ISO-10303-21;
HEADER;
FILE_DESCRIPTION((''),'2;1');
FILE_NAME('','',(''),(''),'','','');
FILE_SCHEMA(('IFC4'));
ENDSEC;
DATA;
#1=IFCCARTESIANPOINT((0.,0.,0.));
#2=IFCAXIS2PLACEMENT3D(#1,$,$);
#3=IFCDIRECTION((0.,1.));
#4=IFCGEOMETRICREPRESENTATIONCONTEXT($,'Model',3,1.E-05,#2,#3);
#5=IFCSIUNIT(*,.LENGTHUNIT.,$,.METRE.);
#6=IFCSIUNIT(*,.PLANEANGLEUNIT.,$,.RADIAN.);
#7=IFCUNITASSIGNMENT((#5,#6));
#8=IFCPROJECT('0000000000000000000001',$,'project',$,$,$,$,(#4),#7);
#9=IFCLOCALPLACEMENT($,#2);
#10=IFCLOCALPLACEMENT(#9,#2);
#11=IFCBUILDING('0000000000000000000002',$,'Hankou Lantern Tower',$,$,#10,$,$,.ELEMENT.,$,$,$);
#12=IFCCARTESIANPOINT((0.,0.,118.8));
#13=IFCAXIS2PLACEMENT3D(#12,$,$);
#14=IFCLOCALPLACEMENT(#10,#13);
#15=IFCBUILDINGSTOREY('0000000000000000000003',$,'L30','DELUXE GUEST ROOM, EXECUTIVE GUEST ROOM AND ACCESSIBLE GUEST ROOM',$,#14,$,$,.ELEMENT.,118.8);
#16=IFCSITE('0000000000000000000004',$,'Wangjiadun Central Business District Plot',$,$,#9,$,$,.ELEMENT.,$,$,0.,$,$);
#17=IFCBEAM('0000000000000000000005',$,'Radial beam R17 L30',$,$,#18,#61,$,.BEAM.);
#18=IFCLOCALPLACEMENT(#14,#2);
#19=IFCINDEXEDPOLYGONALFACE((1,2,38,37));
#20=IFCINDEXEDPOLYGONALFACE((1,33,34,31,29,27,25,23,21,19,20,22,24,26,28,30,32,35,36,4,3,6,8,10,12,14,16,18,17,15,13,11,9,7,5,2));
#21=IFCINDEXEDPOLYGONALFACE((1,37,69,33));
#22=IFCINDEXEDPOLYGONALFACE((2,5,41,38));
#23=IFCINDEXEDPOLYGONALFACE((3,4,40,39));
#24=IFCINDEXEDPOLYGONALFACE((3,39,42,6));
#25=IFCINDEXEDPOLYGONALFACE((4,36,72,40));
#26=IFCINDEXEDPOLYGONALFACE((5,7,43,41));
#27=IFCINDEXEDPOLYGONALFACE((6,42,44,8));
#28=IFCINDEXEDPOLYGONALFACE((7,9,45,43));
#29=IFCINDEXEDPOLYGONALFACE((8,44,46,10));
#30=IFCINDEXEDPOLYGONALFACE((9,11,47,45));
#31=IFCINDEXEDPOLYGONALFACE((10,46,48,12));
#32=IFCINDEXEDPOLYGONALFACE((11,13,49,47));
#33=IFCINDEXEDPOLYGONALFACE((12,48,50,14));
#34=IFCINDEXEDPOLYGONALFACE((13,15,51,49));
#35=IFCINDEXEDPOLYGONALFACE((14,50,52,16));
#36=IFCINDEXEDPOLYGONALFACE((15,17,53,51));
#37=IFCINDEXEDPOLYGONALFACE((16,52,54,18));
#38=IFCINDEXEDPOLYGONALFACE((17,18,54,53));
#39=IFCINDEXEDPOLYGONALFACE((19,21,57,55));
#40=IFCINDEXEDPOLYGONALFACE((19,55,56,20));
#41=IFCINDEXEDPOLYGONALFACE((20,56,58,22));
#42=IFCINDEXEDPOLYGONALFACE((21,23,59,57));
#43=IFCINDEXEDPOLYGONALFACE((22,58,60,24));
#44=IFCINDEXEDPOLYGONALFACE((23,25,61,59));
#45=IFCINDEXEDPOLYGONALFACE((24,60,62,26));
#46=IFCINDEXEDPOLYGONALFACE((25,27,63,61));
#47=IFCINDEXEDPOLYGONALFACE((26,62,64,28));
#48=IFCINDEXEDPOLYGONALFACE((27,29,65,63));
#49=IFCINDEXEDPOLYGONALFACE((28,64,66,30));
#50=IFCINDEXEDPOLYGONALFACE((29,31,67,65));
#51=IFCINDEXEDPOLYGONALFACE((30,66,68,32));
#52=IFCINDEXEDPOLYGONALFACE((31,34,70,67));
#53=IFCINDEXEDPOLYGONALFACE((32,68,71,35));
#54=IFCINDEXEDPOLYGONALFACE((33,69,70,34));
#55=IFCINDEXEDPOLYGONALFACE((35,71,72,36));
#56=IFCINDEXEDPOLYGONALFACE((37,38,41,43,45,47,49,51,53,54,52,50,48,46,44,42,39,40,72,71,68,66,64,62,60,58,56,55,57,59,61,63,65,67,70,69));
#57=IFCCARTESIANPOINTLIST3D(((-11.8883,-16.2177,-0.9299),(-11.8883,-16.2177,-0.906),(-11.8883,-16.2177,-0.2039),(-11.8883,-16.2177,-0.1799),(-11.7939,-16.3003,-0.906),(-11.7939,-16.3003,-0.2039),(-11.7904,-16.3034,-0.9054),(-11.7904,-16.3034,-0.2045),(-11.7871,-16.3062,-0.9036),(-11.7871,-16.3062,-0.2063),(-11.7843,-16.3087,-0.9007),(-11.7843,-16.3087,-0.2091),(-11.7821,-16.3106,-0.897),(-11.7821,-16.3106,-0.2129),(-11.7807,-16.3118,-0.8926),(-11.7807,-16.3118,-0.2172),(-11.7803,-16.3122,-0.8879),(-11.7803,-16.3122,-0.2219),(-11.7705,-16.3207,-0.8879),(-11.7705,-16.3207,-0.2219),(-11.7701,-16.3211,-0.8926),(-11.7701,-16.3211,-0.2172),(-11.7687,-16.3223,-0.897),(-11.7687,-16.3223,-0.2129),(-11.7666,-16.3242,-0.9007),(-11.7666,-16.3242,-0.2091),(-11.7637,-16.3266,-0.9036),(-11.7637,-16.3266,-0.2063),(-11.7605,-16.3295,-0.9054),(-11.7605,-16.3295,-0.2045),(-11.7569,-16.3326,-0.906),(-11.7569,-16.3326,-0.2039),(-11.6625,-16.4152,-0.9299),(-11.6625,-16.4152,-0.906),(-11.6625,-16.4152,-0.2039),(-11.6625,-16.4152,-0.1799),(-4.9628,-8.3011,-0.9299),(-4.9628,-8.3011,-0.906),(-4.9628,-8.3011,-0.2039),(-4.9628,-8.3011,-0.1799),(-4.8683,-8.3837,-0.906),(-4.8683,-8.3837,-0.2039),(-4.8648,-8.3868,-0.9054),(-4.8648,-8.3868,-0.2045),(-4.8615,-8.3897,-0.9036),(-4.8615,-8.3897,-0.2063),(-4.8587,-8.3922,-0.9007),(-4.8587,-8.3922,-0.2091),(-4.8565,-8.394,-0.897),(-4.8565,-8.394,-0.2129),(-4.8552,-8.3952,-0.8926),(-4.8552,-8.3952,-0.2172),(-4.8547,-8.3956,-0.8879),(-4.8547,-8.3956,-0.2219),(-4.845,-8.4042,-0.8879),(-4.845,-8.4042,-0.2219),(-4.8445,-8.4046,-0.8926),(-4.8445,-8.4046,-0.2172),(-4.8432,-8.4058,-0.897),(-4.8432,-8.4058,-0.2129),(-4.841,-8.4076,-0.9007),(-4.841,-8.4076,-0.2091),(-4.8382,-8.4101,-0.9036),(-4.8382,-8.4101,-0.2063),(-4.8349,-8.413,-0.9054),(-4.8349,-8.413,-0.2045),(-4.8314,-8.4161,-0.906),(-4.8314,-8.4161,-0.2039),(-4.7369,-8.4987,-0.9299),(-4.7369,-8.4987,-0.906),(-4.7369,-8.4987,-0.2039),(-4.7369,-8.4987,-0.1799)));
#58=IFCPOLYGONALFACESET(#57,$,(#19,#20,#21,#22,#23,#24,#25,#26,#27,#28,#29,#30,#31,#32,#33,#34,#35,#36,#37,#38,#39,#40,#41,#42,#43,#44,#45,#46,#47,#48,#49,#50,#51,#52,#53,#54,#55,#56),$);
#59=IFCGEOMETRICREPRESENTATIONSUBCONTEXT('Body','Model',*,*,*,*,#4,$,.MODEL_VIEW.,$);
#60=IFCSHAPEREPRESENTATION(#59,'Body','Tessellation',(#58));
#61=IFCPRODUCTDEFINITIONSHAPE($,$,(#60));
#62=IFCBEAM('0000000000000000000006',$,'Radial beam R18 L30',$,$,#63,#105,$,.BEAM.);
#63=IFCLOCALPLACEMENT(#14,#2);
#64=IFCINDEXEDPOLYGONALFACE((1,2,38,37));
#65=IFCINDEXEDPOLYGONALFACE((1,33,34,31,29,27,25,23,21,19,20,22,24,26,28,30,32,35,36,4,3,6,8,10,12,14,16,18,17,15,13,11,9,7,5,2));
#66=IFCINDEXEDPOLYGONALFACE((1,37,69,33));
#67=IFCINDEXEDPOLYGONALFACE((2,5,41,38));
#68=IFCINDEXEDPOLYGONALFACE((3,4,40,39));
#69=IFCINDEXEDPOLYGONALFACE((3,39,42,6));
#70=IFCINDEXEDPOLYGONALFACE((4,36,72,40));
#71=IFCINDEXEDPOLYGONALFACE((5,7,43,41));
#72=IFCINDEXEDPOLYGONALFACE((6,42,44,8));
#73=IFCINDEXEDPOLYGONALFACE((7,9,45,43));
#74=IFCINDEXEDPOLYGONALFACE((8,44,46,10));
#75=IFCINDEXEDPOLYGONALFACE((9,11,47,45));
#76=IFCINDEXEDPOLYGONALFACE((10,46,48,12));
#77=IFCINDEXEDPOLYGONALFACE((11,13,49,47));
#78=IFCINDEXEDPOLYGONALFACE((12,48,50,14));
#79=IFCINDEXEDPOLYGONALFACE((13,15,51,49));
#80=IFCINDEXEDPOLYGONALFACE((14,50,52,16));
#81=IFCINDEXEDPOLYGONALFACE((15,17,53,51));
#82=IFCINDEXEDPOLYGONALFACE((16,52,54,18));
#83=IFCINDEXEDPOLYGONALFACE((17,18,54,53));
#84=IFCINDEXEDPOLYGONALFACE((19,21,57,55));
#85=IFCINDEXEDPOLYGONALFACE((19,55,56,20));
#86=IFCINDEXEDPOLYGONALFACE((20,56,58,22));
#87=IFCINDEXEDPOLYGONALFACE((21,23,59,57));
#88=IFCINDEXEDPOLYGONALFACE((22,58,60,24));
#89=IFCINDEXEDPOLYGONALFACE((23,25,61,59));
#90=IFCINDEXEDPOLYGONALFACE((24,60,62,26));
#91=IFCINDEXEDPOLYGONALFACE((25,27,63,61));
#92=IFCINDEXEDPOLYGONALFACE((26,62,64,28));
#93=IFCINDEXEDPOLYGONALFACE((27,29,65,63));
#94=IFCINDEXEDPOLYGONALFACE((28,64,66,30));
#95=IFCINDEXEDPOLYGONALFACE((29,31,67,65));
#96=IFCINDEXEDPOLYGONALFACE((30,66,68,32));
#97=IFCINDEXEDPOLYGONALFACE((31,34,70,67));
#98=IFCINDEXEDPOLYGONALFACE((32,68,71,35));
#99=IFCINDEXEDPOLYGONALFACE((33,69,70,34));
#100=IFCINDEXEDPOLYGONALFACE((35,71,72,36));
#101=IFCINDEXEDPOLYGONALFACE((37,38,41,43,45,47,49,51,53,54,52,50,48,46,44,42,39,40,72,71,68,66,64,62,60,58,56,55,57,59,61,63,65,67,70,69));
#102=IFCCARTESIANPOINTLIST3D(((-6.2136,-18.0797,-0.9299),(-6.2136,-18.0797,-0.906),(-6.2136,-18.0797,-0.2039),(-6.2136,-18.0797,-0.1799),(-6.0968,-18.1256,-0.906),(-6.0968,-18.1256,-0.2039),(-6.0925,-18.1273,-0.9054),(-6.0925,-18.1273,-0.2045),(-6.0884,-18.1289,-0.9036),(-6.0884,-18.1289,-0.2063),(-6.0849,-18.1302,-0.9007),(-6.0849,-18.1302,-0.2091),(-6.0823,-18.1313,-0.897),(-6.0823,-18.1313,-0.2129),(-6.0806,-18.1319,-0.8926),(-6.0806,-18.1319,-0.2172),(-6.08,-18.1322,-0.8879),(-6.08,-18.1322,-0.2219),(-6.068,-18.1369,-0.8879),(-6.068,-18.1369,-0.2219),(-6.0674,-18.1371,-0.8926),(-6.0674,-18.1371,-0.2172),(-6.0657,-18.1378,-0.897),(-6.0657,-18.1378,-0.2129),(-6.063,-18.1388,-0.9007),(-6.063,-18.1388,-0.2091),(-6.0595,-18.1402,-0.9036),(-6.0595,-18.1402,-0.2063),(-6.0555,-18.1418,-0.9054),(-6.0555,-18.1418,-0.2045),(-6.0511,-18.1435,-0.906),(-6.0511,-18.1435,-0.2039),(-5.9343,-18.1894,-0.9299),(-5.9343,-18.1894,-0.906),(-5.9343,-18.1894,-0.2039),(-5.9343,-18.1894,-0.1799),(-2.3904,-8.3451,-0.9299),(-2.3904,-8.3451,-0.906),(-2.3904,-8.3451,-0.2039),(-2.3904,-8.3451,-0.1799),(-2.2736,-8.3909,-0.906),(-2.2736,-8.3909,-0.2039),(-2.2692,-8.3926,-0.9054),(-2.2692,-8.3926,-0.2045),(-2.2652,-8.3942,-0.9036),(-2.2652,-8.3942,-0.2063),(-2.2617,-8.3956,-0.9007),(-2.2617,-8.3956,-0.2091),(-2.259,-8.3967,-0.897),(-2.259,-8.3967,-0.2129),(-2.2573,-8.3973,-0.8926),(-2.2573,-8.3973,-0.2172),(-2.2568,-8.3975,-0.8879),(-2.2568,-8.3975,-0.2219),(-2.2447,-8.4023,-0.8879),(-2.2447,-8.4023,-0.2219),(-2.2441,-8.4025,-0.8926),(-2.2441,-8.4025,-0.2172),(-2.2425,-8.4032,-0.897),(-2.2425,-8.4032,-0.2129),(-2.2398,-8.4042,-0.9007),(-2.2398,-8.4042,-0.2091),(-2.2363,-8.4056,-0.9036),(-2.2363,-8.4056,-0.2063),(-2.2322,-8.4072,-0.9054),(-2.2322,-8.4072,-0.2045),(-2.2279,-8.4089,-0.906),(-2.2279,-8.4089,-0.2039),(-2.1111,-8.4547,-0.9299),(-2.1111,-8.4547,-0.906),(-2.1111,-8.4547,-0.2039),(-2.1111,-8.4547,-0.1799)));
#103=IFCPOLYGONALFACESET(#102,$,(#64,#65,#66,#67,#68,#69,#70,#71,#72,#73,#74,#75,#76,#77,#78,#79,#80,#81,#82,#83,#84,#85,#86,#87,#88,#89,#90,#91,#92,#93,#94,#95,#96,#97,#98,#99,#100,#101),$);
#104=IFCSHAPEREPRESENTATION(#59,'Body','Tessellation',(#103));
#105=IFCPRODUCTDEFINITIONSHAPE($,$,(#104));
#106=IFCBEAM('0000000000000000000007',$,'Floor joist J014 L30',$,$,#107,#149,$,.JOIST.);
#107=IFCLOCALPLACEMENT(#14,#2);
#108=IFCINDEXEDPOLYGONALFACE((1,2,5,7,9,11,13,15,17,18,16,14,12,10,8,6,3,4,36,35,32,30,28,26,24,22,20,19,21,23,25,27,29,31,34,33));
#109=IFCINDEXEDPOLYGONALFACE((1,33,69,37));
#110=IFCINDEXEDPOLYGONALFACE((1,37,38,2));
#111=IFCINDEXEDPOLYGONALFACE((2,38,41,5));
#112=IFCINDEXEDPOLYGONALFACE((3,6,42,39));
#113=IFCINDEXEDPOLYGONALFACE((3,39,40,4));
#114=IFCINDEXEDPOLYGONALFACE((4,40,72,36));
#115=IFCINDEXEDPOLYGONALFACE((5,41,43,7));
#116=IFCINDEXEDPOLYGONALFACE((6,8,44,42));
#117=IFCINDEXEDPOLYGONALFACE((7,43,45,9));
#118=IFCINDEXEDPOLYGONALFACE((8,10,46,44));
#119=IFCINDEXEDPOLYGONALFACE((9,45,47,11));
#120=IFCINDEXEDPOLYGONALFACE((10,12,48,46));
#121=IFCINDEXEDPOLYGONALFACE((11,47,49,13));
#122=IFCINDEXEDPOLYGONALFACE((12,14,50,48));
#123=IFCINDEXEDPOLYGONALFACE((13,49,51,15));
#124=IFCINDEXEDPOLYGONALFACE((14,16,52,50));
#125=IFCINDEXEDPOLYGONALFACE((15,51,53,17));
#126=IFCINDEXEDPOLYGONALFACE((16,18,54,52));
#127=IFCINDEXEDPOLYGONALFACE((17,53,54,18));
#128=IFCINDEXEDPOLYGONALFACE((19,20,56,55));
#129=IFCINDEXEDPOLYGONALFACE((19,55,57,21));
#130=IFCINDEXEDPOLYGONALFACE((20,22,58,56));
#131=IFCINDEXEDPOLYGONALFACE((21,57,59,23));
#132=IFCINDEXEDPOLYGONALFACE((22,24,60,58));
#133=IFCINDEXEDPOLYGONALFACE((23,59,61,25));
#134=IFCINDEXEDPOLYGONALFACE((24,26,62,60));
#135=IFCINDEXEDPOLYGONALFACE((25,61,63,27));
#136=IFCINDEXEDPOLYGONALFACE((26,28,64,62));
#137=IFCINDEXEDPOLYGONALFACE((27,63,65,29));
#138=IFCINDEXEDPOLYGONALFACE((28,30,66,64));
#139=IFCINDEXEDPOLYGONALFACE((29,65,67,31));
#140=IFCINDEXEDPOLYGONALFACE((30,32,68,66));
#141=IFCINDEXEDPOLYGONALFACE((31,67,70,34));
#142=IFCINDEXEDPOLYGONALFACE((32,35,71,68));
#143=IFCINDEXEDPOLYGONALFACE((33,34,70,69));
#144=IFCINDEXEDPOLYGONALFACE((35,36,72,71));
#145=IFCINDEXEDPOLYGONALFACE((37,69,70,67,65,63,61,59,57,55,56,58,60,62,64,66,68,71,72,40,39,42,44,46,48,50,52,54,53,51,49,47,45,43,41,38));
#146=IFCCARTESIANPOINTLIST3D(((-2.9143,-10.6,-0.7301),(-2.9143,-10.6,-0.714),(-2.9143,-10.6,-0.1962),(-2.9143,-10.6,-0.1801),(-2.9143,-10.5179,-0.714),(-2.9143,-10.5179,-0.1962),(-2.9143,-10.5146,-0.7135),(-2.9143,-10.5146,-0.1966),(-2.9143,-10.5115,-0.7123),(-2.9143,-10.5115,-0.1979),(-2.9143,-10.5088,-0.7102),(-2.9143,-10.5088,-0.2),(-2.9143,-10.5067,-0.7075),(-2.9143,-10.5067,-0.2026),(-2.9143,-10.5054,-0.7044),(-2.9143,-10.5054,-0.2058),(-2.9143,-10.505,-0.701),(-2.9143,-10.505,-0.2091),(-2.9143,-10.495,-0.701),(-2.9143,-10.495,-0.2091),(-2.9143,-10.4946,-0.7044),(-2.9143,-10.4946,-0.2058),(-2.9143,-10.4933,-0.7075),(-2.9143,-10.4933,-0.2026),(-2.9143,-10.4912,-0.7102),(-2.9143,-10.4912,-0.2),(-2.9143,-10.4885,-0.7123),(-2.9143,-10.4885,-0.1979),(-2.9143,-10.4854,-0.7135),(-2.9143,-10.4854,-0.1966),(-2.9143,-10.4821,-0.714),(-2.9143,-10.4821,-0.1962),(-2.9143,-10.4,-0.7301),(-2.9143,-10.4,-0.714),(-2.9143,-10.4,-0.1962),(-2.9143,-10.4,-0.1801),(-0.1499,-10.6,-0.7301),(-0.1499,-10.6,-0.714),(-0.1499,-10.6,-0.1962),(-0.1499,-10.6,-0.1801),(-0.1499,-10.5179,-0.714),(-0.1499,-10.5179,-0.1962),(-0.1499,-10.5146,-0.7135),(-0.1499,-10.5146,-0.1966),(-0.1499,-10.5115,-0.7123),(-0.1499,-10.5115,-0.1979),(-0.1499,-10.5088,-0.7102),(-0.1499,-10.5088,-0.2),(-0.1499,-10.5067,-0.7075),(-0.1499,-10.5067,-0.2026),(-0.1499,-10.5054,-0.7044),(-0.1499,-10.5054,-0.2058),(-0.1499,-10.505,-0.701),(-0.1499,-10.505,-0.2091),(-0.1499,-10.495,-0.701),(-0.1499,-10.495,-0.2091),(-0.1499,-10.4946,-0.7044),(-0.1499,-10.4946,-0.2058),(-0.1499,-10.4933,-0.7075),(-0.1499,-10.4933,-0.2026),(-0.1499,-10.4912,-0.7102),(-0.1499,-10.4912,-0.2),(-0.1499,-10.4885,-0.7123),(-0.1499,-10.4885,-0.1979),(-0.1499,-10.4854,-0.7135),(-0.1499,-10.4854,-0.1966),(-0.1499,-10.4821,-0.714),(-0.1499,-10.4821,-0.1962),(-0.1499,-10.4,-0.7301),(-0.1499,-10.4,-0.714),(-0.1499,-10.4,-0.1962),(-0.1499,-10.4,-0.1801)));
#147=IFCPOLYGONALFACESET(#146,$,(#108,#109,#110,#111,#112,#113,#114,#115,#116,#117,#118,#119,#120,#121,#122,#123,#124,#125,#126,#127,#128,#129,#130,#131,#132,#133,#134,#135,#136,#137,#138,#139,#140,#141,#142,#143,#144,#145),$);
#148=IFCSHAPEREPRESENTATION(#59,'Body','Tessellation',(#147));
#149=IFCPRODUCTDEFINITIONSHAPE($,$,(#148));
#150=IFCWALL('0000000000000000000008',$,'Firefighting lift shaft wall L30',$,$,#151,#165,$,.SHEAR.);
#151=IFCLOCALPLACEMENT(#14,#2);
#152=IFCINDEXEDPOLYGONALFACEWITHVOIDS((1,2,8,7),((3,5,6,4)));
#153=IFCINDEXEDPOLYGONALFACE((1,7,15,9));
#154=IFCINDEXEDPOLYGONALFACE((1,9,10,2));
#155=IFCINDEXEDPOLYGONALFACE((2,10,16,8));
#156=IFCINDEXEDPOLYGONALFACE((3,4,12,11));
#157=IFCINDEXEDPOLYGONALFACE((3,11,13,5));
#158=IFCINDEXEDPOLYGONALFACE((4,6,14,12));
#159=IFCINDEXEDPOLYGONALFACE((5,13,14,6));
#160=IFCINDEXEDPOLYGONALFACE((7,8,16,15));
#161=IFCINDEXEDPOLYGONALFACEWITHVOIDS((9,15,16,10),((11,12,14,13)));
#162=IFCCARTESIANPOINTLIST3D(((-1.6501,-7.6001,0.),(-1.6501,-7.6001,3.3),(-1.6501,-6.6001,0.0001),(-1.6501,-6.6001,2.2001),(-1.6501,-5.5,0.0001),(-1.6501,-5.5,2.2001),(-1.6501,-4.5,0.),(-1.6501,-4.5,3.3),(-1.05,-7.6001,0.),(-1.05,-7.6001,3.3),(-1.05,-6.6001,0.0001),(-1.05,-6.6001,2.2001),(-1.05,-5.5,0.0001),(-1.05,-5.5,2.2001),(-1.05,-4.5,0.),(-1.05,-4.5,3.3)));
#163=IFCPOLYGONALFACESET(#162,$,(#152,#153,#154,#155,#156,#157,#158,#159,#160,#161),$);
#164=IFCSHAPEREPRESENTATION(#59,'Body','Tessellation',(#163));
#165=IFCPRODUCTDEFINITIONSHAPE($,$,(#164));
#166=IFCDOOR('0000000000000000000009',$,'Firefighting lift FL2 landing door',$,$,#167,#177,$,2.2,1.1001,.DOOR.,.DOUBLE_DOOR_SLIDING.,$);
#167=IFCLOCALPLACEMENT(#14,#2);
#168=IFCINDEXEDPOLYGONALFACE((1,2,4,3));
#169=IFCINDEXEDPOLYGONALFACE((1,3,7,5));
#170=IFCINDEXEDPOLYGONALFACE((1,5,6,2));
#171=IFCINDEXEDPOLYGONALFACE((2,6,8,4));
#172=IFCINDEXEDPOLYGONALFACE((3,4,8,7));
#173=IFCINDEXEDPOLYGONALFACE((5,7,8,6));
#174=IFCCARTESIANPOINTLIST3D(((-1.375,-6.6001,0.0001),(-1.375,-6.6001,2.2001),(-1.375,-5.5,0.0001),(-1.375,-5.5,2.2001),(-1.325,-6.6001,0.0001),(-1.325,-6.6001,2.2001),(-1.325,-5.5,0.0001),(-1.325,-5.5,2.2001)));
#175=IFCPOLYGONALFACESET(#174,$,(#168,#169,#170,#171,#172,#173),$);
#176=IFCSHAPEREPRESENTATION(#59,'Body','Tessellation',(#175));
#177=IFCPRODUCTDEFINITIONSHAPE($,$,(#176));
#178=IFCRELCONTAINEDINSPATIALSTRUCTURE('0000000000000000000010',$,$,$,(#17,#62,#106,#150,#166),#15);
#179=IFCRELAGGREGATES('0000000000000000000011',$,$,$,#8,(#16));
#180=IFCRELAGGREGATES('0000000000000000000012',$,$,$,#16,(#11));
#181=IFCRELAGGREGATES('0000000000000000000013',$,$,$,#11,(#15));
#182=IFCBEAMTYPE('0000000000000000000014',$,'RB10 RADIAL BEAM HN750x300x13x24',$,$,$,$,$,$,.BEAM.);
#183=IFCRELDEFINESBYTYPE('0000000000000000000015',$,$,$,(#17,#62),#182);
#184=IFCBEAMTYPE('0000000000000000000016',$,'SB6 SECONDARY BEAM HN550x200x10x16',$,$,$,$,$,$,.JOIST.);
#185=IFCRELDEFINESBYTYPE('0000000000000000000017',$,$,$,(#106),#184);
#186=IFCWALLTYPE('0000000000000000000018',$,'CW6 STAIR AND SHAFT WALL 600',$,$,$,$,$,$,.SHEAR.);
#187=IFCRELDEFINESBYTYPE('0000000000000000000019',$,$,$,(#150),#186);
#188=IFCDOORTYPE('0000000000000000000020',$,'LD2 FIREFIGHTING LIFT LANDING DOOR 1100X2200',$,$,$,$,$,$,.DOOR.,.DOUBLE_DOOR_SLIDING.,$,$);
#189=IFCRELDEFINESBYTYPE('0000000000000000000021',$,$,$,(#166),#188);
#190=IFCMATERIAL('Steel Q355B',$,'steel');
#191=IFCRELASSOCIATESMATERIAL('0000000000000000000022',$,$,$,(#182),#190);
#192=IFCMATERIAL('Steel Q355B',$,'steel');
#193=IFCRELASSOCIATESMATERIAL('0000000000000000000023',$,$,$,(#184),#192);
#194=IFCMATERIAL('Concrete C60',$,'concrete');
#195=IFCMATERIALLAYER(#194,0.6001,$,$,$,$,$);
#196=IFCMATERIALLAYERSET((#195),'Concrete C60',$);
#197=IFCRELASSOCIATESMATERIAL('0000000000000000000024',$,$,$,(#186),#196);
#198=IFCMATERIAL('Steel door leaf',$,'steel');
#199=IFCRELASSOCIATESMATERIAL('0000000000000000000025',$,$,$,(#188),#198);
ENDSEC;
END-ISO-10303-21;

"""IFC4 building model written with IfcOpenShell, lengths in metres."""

from ifc_helpers import new_model, si_unit, direction, frame, frame_2d, origin, origin_2d, place, context, subcontext, project, spatial, rectangle, i_section, extrude, material, layer, layer_set, material_profile, profile_set, type_object, element, fill, save


model = new_model("IFC4")

# Units and contexts
model_context = context("Model", 3, precision=1e-05, world=origin(), true_north=direction((0.0, 1.0)))
body_context = subcontext(model_context, "Body", "Model", "MODEL_VIEW")
ifc_project = project(units=[si_unit("LENGTHUNIT", "METRE"), si_unit("PLANEANGLEUNIT", "RADIAN")], contexts=[model_context])

# Site, building, storey
site_placement = place(None, origin())
site = spatial("IfcSite", under=ifc_project, at=site_placement, Name="Wangjiadun Central Business District Plot", CompositionType="ELEMENT", RefElevation=0.0)
building_placement = place(site_placement, origin())
building = spatial("IfcBuilding", under=site, at=building_placement, Name="Hankou Lantern Tower", CompositionType="ELEMENT")
storey_placement = place(building_placement, frame((0.0, 0.0, 118.8)))
storey = spatial("IfcBuildingStorey", under=building, at=storey_placement, Name="L30", Description="DELUXE GUEST ROOM, EXECUTIVE GUEST ROOM AND ACCESSIBLE GUEST ROOM", CompositionType="ELEMENT", Elevation=118.8)

# Beams
ifc_material_1 = material(Name="Steel Q355B", Category="steel")
ifc_material_profile_1 = material_profile(ifc_material_1, i_section(OverallWidth=0.3, OverallDepth=0.75, WebThickness=0.0129, FlangeThickness=0.0239, FilletRadius=0.0181, at=origin_2d()), Name="HN750x300x13x24")
ifc_profile_set_1 = profile_set([ifc_material_profile_1], Name="Steel Q355B")
beam_type_1 = type_object("IfcBeamType", Name="RB10 RADIAL BEAM HN750x300x13x24", PredefinedType="BEAM", material=ifc_profile_set_1)
beam_1_placement = place(storey_placement, frame((-4.8499, -8.3999, -0.5549), z_axis=(-0.658429, -0.752643, 0.0), x_axis=(0.752643, -0.658429, 0.0)))
element("IfcBeam", 1, at=beam_1_placement, inside=storey, type_object=beam_type_1, Name="Radial beam R17 L30", PredefinedType="BEAM", context=body_context, shape_type="SweptSolid", body=[
    extrude(i_section(OverallWidth=0.3, OverallDepth=0.75, WebThickness=0.0129, FlangeThickness=0.0239, FilletRadius=0.0181, at=origin_2d()), origin(), (0.0, 0.0, 1.0), 10.5183),
])
beam_2_placement = place(storey_placement, frame((-2.2507, -8.3999, -0.5549), z_axis=(-0.365564, -0.930786, 0.0), x_axis=(0.930786, -0.365564, 0.0)))
element("IfcBeam", 2, at=beam_2_placement, inside=storey, type_object=beam_type_1, Name="Radial beam R18 L30", PredefinedType="BEAM", context=body_context, shape_type="SweptSolid", body=[
    extrude(i_section(OverallWidth=0.3, OverallDepth=0.75, WebThickness=0.0129, FlangeThickness=0.0239, FilletRadius=0.0181, at=origin_2d()), origin(), (0.0, 0.0, 1.0), 10.4585),
])
ifc_material_2 = material(Name="Steel Q355B", Category="steel")
ifc_material_profile_2 = material_profile(ifc_material_2, i_section(OverallWidth=0.2, OverallDepth=0.55, WebThickness=0.01, FlangeThickness=0.0161, FilletRadius=0.0129, at=origin_2d()), Name="HN550x200x10x16")
ifc_profile_set_2 = profile_set([ifc_material_profile_2], Name="Steel Q355B")
beam_type_2 = type_object("IfcBeamType", Name="SB6 SECONDARY BEAM HN550x200x10x16", PredefinedType="JOIST", material=ifc_profile_set_2)
beam_3_placement = place(storey_placement, frame((-2.9143, -10.5, -0.4551), z_axis=(1.0, 0.0, 0.0), x_axis=(0.0, 1.0, 0.0)))
element("IfcBeam", 3, at=beam_3_placement, inside=storey, type_object=beam_type_2, Name="Floor joist J014 L30", PredefinedType="JOIST", context=body_context, shape_type="SweptSolid", body=[
    extrude(i_section(OverallWidth=0.2, OverallDepth=0.55, WebThickness=0.01, FlangeThickness=0.0161, FilletRadius=0.0129, at=origin_2d()), origin(), (0.0, 0.0, 1.0), 2.7644),
])

# Wall, opening, door
ifc_material_3 = material(Name="Concrete C60", Category="concrete")
ifc_layer_1 = layer(ifc_material_3, 0.6001)
ifc_layer_set_1 = layer_set([ifc_layer_1], Name="Concrete C60")
wall_type_1 = type_object("IfcWallType", Name="CW6 STAIR AND SHAFT WALL 600", PredefinedType="SHEAR", material=ifc_layer_set_1)
wall_1_placement = place(storey_placement, frame((-1.3501, -7.6001, 0.0), z_axis=(0.0, 0.0, 1.0), x_axis=(0.0, 1.0, 0.0)))
wall_1 = element("IfcWall", 4, at=wall_1_placement, inside=storey, type_object=wall_type_1, Name="Firefighting lift shaft wall L30", PredefinedType="SHEAR", context=body_context, shape_type="SweptSolid", body=[
    extrude(rectangle(XDim=3.1001, YDim=0.6001, at=frame_2d((1.55, 0.0))), origin(), (0.0, 0.0, 1.0), 3.3),
])
opening_1_placement = place(wall_1_placement, frame((1.0, 0.0, 0.0)))
opening_1 = element("IfcOpeningElement", 5, at=opening_1_placement, cuts=wall_1, PredefinedType="OPENING", context=body_context, shape_type="SweptSolid", body=[
    extrude(rectangle(XDim=1.1001, YDim=2.2, at=frame_2d((0.55, 1.1001))), frame((0.0, 0.3101, 0.0), z_axis=(0.0, -1.0, 0.0), x_axis=(1.0, 0.0, 0.0)), (0.0, 0.0, 1.0), 0.6201),
])
ifc_material_4 = material(Name="Steel door leaf", Category="steel")
door_type_1 = type_object("IfcDoorType", Name="LD2 FIREFIGHTING LIFT LANDING DOOR 1100X2200", OperationType="DOUBLE_DOOR_SLIDING", PredefinedType="DOOR", material=ifc_material_4)
door_1_placement = place(opening_1_placement, origin())
door_1 = element("IfcDoor", 6, at=door_1_placement, inside=storey, type_object=door_type_1, Name="Firefighting lift FL2 landing door", OperationType="DOUBLE_DOOR_SLIDING", OverallHeight=2.2, OverallWidth=1.1001, PredefinedType="DOOR", context=body_context, shape_type="SweptSolid", body=[
    extrude(rectangle(XDim=1.1001, YDim=2.2, at=frame_2d((0.55, 1.1001))), frame((0.0, 0.0249, 0.0), z_axis=(0.0, -1.0, 0.0), x_axis=(1.0, 0.0, 0.0)), (0.0, 0.0, 1.0), 0.05),
])
fill(opening_1, door_1)

save(model, "model.ifc")
